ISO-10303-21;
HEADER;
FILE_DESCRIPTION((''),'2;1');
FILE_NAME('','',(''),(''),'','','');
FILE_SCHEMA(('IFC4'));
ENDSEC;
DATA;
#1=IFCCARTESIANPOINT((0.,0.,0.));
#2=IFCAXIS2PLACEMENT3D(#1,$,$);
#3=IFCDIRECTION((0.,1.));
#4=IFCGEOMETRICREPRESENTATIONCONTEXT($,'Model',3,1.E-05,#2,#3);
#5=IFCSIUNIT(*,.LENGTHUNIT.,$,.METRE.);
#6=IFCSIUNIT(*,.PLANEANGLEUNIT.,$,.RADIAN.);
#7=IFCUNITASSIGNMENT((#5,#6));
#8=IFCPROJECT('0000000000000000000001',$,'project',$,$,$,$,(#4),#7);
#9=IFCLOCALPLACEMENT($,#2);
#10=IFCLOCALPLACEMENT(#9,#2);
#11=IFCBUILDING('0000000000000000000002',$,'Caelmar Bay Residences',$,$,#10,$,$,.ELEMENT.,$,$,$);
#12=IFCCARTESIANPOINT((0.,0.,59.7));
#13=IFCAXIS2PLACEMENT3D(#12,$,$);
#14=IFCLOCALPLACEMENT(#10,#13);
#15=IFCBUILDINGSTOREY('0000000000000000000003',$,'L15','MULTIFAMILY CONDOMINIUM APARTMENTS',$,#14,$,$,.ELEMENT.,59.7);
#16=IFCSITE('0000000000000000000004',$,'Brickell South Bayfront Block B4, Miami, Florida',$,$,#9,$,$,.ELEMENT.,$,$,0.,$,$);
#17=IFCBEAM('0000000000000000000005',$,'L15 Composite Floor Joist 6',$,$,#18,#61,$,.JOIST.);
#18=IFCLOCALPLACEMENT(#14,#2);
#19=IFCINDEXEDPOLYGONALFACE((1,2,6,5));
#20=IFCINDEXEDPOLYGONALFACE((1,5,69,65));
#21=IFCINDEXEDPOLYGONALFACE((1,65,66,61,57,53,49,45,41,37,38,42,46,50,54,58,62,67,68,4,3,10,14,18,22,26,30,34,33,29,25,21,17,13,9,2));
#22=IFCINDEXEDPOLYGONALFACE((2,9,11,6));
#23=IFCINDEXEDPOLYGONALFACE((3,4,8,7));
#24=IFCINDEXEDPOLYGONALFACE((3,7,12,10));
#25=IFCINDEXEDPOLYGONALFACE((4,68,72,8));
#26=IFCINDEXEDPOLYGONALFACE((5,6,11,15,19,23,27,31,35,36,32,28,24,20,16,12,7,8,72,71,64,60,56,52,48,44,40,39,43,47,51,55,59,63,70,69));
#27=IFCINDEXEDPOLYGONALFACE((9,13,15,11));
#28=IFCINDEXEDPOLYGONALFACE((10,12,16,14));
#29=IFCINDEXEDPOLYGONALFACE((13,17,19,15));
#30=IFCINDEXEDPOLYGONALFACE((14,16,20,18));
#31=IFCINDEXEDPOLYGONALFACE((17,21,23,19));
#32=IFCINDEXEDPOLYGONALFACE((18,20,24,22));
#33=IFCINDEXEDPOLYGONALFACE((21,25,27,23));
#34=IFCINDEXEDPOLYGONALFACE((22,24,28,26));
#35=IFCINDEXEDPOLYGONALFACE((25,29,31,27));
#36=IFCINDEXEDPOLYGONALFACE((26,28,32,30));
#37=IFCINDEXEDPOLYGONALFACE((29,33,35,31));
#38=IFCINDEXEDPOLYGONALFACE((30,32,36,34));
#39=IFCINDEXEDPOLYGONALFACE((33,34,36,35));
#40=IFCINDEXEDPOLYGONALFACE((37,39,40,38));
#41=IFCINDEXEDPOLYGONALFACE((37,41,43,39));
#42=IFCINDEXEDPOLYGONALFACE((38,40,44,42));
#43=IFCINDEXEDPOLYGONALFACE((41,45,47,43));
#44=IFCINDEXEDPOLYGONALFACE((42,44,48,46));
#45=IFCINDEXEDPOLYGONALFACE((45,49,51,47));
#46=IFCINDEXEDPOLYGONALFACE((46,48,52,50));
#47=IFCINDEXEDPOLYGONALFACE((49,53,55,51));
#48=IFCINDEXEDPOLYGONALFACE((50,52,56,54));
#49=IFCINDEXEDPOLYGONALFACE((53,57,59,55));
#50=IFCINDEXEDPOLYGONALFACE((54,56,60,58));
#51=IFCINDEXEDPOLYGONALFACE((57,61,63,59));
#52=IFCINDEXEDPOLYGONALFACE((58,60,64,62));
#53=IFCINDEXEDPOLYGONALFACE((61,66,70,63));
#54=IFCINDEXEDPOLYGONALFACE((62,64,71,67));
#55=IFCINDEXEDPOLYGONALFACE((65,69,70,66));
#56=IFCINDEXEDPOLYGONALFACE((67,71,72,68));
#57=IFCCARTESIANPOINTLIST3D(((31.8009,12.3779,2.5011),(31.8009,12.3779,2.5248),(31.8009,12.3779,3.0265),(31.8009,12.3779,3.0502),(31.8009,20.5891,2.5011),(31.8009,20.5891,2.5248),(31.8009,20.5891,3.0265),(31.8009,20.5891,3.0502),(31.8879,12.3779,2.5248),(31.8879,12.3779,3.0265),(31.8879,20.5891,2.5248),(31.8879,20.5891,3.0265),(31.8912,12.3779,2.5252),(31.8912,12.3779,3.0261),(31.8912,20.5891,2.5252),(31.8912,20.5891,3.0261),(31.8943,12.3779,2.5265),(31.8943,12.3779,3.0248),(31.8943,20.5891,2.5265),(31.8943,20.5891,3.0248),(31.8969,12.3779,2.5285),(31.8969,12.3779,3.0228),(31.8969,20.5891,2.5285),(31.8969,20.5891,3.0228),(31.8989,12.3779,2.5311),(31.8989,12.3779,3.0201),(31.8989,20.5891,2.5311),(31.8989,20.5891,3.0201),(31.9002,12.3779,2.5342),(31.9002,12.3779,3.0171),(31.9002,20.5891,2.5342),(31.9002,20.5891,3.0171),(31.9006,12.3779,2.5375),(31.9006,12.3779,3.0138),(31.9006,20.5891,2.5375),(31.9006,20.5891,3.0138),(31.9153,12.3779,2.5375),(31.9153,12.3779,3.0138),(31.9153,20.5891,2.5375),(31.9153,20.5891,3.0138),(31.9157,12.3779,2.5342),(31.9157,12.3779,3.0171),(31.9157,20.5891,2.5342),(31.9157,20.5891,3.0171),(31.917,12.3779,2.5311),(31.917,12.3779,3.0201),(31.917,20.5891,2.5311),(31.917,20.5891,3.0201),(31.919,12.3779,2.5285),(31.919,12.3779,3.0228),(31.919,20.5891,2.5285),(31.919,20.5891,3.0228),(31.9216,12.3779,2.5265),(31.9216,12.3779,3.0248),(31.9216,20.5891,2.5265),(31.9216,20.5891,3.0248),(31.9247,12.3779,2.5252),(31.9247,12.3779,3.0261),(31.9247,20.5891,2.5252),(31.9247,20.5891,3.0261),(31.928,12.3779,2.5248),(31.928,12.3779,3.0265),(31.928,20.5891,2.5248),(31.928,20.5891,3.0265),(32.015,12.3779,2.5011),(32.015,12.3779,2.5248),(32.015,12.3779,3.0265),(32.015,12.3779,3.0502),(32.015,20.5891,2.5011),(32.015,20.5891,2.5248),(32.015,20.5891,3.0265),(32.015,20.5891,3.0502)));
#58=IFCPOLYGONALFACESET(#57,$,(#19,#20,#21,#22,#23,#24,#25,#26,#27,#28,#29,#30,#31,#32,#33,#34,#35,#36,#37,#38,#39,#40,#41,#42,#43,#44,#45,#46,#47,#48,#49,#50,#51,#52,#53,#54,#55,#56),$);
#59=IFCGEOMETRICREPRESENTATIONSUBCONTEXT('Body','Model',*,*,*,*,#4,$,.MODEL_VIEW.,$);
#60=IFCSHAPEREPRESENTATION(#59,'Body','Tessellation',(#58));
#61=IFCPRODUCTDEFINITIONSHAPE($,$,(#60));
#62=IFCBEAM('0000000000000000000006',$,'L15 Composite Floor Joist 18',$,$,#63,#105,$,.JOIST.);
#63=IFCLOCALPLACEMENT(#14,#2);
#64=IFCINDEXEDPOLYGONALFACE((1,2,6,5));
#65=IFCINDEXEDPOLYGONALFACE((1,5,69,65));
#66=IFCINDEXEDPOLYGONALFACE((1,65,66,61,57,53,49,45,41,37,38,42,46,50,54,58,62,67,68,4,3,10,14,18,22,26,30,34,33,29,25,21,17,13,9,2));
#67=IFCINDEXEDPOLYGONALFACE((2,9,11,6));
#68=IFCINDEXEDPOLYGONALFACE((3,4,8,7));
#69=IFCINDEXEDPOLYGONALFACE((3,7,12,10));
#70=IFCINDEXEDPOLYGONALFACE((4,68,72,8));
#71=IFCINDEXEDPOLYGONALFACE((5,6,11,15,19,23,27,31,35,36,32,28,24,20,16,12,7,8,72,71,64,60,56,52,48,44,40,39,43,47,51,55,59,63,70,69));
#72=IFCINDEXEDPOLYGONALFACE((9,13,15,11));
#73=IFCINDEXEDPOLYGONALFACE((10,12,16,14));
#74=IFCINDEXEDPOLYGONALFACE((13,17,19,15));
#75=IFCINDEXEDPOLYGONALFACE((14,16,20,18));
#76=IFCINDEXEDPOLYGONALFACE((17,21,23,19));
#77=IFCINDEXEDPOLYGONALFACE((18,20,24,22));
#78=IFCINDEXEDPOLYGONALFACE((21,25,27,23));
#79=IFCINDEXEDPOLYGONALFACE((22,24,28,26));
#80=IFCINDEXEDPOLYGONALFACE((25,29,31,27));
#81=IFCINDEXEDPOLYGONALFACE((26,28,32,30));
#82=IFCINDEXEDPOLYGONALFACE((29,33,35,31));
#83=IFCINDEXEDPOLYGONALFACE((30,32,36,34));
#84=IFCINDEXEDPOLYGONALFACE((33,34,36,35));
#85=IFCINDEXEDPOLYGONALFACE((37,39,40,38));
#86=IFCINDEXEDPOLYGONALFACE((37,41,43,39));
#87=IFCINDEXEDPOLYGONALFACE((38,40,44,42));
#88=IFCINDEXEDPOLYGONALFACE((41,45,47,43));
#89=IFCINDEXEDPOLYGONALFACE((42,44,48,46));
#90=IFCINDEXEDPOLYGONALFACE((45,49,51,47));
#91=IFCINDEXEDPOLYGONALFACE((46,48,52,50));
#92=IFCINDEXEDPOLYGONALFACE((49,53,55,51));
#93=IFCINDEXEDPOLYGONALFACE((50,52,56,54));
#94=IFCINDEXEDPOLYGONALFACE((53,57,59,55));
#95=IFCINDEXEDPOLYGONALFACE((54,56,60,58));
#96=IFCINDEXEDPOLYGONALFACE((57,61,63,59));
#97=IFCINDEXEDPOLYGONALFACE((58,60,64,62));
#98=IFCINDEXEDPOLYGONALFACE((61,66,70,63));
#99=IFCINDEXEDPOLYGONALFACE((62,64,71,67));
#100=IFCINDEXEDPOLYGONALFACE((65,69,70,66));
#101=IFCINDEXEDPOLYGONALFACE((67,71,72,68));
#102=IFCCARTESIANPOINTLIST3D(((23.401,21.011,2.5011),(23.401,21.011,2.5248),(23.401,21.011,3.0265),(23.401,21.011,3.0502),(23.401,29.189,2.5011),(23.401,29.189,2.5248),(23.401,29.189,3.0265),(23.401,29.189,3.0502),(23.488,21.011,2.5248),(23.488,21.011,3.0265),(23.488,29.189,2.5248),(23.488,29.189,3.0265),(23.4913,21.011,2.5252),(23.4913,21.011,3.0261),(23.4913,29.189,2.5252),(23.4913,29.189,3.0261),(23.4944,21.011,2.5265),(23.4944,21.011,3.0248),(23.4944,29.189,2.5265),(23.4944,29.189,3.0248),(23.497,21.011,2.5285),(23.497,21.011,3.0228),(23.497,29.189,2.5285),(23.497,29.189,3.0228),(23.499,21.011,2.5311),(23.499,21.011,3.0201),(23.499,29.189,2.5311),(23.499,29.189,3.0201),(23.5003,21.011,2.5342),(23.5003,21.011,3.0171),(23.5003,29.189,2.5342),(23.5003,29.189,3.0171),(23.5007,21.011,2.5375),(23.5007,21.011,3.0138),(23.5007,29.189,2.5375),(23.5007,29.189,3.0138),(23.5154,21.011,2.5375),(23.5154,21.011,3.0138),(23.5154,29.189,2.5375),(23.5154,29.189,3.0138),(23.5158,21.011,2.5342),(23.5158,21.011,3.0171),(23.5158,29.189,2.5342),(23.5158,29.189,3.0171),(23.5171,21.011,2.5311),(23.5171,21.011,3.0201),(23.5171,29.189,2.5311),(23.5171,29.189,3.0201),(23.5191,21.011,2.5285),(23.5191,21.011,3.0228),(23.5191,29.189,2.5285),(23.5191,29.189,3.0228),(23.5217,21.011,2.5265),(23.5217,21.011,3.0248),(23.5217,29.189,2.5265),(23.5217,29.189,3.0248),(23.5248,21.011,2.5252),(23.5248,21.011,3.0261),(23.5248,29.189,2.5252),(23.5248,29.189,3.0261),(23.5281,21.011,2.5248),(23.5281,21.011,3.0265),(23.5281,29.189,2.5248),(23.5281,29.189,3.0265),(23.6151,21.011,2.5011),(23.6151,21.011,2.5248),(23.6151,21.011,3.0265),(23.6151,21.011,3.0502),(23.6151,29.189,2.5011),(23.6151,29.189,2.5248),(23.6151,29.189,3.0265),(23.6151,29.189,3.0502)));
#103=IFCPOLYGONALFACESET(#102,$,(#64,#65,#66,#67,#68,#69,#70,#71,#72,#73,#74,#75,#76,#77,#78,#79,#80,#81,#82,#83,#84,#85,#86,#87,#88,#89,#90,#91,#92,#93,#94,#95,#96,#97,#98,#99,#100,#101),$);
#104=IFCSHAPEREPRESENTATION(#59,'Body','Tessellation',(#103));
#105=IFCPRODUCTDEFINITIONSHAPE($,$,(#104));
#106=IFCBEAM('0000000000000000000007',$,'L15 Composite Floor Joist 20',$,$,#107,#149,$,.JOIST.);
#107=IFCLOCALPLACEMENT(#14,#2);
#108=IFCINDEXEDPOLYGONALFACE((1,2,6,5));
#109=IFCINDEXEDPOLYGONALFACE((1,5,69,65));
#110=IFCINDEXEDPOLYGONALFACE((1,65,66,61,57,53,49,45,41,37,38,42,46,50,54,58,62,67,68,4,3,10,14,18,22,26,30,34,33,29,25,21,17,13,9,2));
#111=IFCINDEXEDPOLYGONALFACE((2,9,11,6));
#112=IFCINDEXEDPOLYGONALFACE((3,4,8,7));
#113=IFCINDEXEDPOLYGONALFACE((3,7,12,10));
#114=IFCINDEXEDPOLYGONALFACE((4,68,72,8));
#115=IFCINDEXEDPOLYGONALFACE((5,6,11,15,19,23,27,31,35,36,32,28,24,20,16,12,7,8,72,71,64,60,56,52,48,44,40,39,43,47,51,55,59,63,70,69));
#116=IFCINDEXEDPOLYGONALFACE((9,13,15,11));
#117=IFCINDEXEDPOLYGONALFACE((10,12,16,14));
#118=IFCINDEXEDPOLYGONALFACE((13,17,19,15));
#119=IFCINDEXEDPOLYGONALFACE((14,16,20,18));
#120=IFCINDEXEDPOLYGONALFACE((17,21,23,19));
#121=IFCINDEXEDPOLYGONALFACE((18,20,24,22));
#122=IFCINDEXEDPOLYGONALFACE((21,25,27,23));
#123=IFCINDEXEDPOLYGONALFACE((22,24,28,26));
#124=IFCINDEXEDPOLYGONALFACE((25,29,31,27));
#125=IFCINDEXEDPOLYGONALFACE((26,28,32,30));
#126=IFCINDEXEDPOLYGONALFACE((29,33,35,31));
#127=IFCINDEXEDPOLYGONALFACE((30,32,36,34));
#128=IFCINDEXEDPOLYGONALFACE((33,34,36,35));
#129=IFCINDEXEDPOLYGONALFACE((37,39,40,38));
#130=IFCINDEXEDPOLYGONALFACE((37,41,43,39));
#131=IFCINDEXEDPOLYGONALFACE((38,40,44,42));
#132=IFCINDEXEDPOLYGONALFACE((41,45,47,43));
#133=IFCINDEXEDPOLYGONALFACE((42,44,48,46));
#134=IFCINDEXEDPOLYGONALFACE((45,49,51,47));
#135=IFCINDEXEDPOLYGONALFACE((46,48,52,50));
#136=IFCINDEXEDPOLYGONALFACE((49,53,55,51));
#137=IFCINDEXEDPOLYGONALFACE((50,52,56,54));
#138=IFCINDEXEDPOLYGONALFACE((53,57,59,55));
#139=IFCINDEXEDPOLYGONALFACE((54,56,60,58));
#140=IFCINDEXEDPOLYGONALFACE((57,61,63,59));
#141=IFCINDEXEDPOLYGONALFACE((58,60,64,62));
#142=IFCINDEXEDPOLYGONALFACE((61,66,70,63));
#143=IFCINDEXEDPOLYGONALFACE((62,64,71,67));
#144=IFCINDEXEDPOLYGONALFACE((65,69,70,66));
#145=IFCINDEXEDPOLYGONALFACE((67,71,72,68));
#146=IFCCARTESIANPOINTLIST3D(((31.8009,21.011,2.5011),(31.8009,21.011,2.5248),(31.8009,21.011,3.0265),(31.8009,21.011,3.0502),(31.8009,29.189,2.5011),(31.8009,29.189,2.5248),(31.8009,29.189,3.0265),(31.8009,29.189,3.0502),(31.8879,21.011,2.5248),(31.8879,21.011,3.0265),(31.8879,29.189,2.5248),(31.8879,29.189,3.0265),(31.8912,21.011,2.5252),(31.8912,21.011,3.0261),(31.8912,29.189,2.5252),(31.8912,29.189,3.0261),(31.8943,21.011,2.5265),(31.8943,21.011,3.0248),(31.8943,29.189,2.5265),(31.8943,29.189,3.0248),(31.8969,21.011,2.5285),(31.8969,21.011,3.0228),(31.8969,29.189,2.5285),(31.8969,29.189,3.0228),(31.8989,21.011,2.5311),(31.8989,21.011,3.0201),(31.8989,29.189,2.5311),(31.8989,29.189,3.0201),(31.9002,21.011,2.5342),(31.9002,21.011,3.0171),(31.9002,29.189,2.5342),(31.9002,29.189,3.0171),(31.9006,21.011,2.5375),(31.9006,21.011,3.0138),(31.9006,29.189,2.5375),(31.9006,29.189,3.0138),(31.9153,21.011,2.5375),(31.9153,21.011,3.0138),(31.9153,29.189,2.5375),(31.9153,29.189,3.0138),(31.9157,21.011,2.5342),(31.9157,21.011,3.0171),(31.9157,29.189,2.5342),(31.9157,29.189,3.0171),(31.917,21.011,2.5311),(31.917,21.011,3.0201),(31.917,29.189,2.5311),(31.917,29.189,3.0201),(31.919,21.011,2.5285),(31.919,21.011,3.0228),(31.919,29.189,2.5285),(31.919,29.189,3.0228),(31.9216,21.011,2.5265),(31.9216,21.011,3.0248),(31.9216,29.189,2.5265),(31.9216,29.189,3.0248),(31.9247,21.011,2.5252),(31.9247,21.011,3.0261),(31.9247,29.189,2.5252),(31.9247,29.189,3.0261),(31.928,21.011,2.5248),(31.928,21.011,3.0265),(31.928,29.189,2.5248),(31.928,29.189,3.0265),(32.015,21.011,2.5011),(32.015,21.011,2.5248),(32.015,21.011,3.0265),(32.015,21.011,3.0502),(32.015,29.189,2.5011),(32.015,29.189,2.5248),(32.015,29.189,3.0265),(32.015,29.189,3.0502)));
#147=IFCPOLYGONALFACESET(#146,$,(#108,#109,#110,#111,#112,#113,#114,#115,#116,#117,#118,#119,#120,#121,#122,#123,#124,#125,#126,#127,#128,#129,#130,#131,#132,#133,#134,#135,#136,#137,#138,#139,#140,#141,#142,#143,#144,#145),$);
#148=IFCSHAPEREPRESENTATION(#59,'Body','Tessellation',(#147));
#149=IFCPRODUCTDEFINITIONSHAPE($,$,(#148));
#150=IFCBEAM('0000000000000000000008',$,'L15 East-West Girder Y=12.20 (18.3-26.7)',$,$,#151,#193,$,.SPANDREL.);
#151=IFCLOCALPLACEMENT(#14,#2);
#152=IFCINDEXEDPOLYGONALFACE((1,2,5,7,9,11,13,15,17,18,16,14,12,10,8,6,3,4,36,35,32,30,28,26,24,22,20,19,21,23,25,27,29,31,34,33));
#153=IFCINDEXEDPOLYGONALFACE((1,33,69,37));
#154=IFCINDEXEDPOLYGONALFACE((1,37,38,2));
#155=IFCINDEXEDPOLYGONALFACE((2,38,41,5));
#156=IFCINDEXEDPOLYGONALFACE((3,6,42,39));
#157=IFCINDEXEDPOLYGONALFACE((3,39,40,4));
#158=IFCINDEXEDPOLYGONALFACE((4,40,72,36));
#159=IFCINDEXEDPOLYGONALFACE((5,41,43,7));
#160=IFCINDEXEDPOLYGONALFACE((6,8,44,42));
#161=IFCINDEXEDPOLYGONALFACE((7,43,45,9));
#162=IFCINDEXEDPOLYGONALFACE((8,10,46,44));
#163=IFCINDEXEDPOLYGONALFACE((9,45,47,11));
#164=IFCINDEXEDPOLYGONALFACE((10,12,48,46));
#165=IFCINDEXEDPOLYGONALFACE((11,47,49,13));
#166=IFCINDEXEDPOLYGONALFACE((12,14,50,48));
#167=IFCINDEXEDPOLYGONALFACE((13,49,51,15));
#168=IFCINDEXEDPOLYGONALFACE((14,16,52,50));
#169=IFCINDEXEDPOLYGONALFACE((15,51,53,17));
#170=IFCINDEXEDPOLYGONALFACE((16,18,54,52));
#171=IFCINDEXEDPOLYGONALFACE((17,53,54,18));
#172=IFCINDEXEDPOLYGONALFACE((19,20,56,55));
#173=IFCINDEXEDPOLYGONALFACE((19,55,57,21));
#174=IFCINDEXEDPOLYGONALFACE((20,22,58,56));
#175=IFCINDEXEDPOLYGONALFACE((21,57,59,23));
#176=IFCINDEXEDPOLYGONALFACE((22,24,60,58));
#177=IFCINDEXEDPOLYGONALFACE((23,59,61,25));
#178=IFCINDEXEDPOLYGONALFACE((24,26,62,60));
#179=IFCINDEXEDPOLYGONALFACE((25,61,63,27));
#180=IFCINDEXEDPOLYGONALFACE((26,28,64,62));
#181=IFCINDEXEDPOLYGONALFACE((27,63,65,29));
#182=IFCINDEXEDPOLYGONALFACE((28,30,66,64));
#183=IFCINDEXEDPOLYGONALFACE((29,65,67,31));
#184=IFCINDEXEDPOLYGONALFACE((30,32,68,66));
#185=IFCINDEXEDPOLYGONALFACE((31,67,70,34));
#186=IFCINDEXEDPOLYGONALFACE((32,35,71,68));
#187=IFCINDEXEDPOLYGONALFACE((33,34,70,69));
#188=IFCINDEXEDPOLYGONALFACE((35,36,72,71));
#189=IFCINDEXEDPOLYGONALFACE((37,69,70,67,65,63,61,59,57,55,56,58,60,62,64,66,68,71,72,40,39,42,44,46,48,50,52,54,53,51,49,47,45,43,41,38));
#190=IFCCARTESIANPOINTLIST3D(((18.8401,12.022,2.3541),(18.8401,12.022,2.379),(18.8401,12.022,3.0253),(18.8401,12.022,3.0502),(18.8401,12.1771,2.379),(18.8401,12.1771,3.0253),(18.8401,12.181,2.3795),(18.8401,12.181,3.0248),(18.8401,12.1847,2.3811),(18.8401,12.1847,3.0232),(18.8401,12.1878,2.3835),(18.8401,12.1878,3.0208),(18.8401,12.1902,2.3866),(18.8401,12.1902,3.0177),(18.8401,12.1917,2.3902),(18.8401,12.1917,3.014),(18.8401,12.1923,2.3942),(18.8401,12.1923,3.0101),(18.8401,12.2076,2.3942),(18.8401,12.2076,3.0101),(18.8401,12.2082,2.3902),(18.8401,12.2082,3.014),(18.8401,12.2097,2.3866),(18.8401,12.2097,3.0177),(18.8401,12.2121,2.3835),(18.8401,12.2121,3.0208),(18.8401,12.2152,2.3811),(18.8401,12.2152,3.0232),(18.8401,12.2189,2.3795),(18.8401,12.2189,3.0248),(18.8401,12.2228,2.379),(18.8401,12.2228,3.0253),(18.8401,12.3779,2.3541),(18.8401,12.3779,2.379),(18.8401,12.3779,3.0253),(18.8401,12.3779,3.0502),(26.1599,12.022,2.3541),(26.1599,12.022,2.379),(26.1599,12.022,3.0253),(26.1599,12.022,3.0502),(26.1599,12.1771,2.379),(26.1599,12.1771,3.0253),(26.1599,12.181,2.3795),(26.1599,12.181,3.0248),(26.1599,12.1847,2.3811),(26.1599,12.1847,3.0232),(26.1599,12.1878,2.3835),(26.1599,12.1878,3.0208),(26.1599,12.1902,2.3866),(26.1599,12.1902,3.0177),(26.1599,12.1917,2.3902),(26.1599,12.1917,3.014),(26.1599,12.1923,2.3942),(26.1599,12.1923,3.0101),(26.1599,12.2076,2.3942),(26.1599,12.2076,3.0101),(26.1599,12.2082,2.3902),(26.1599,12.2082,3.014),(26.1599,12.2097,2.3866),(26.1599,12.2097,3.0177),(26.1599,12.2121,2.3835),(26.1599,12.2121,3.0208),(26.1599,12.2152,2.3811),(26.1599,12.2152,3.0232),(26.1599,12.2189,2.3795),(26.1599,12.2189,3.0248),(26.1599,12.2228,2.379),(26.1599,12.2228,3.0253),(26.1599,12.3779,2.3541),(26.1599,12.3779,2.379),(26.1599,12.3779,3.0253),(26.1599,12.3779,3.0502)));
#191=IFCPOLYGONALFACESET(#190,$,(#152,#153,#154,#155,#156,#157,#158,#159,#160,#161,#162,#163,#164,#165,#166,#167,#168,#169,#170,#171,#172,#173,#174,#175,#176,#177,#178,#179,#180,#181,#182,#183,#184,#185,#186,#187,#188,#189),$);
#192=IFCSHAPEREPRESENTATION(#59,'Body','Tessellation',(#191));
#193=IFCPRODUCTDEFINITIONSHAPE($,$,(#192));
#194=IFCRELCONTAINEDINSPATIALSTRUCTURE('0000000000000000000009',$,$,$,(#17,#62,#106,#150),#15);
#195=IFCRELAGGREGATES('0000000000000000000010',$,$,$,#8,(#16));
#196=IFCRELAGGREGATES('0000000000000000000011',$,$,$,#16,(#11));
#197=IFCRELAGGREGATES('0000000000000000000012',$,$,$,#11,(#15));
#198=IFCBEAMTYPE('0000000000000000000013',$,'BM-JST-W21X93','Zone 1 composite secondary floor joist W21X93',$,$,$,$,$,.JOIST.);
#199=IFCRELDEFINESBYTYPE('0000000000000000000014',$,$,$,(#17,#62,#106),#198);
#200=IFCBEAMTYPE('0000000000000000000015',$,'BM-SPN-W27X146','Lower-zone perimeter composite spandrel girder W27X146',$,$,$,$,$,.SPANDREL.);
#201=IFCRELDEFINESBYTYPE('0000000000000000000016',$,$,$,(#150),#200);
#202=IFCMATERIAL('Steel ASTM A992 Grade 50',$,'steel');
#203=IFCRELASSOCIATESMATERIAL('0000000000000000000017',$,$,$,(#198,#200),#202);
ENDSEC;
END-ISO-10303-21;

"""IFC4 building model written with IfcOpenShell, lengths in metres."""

from ifc_helpers import new_model, si_unit, direction, frame, origin, origin_2d, place, context, subcontext, project, spatial, i_section, extrude, material, material_profile, profile_set, type_object, element, save


model = new_model("IFC4")

# Units and contexts
model_context = context("Model", 3, precision=1e-05, world=origin(), true_north=direction((0.0, 1.0)))
body_context = subcontext(model_context, "Body", "Model", "MODEL_VIEW")
ifc_project = project(units=[si_unit("LENGTHUNIT", "METRE"), si_unit("PLANEANGLEUNIT", "RADIAN")], contexts=[model_context])

# Site, building, storey
site_placement = place(None, origin())
site = spatial("IfcSite", under=ifc_project, at=site_placement, Name="Brickell South Bayfront Block B4, Miami, Florida", CompositionType="ELEMENT", RefElevation=0.0)
building_placement = place(site_placement, origin())
building = spatial("IfcBuilding", under=site, at=building_placement, Name="Caelmar Bay Residences", CompositionType="ELEMENT")
storey_placement = place(building_placement, frame((0.0, 0.0, 59.7)))
storey = spatial("IfcBuildingStorey", under=building, at=storey_placement, Name="L15", Description="MULTIFAMILY CONDOMINIUM APARTMENTS", CompositionType="ELEMENT", Elevation=59.7)

# Beams
ifc_material_1 = material(Name="Steel ASTM A992 Grade 50", Category="steel")
ifc_material_profile_1 = material_profile(ifc_material_1, i_section(OverallWidth=0.2141, OverallDepth=0.5491, WebThickness=0.0146, FlangeThickness=0.0237, FilletRadius=0.0127, at=origin_2d()), Name="W21X93")
ifc_profile_set_1 = profile_set([ifc_material_profile_1], Name="Steel ASTM A992 Grade 50")
beam_type_1 = type_object("IfcBeamType", Name="BM-JST-W21X93", Description="Zone 1 composite secondary floor joist W21X93", PredefinedType="JOIST", material=ifc_profile_set_1)
for number, where, z_axis, x_axis, name in (
    (1, (31.908, 12.3779, 2.7756), (0.0, 1.0, 0.0), (-1.0, 0.0, 0.0), "L15 Composite Floor Joist 6"),
):
    element("IfcBeam", number, at=place(storey_placement, frame(where, z_axis=z_axis, x_axis=x_axis)), inside=storey, type_object=beam_type_1, Name=name, PredefinedType="JOIST", context=body_context, shape_type="SweptSolid", body=[
        extrude(i_section(OverallWidth=0.2141, OverallDepth=0.5491, WebThickness=0.0146, FlangeThickness=0.0237, FilletRadius=0.0127, at=origin_2d()), origin(), (0.0, 0.0, 1.0), 8.2112),
    ])
for number, where, z_axis, x_axis, name in (
    (2, (23.5081, 21.011, 2.7756), (0.0, 1.0, 0.0), (-1.0, 0.0, 0.0), "L15 Composite Floor Joist 18"),
    (3, (31.908, 21.011, 2.7756), (0.0, 1.0, 0.0), (-1.0, 0.0, 0.0), "L15 Composite Floor Joist 20"),
):
    element("IfcBeam", number, at=place(storey_placement, frame(where, z_axis=z_axis, x_axis=x_axis)), inside=storey, type_object=beam_type_1, Name=name, PredefinedType="JOIST", context=body_context, shape_type="SweptSolid", body=[
        extrude(i_section(OverallWidth=0.2141, OverallDepth=0.5491, WebThickness=0.0146, FlangeThickness=0.0237, FilletRadius=0.0127, at=origin_2d()), origin(), (0.0, 0.0, 1.0), 8.178),
    ])
ifc_material_profile_2 = material_profile(ifc_material_1, i_section(OverallWidth=0.356, OverallDepth=0.696, WebThickness=0.0154, FlangeThickness=0.0249, FilletRadius=0.0151, at=origin_2d()), Name="W27X146")
ifc_profile_set_2 = profile_set([ifc_material_profile_2], Name="Steel ASTM A992 Grade 50")
beam_type_2 = type_object("IfcBeamType", Name="BM-SPN-W27X146", Description="Lower-zone perimeter composite spandrel girder W27X146", PredefinedType="SPANDREL", material=ifc_profile_set_2)
beam_1_placement = place(storey_placement, frame((18.8401, 12.2, 2.7021), z_axis=(1.0, 0.0, 0.0), x_axis=(0.0, 1.0, 0.0)))
element("IfcBeam", 4, at=beam_1_placement, inside=storey, type_object=beam_type_2, Name="L15 East-West Girder Y=12.20 (18.3-26.7)", PredefinedType="SPANDREL", context=body_context, shape_type="SweptSolid", body=[
    extrude(i_section(OverallWidth=0.356, OverallDepth=0.696, WebThickness=0.0154, FlangeThickness=0.0249, FilletRadius=0.0151, at=origin_2d()), origin(), (0.0, 0.0, 1.0), 7.3198),
])

save(model, "model.ifc")
